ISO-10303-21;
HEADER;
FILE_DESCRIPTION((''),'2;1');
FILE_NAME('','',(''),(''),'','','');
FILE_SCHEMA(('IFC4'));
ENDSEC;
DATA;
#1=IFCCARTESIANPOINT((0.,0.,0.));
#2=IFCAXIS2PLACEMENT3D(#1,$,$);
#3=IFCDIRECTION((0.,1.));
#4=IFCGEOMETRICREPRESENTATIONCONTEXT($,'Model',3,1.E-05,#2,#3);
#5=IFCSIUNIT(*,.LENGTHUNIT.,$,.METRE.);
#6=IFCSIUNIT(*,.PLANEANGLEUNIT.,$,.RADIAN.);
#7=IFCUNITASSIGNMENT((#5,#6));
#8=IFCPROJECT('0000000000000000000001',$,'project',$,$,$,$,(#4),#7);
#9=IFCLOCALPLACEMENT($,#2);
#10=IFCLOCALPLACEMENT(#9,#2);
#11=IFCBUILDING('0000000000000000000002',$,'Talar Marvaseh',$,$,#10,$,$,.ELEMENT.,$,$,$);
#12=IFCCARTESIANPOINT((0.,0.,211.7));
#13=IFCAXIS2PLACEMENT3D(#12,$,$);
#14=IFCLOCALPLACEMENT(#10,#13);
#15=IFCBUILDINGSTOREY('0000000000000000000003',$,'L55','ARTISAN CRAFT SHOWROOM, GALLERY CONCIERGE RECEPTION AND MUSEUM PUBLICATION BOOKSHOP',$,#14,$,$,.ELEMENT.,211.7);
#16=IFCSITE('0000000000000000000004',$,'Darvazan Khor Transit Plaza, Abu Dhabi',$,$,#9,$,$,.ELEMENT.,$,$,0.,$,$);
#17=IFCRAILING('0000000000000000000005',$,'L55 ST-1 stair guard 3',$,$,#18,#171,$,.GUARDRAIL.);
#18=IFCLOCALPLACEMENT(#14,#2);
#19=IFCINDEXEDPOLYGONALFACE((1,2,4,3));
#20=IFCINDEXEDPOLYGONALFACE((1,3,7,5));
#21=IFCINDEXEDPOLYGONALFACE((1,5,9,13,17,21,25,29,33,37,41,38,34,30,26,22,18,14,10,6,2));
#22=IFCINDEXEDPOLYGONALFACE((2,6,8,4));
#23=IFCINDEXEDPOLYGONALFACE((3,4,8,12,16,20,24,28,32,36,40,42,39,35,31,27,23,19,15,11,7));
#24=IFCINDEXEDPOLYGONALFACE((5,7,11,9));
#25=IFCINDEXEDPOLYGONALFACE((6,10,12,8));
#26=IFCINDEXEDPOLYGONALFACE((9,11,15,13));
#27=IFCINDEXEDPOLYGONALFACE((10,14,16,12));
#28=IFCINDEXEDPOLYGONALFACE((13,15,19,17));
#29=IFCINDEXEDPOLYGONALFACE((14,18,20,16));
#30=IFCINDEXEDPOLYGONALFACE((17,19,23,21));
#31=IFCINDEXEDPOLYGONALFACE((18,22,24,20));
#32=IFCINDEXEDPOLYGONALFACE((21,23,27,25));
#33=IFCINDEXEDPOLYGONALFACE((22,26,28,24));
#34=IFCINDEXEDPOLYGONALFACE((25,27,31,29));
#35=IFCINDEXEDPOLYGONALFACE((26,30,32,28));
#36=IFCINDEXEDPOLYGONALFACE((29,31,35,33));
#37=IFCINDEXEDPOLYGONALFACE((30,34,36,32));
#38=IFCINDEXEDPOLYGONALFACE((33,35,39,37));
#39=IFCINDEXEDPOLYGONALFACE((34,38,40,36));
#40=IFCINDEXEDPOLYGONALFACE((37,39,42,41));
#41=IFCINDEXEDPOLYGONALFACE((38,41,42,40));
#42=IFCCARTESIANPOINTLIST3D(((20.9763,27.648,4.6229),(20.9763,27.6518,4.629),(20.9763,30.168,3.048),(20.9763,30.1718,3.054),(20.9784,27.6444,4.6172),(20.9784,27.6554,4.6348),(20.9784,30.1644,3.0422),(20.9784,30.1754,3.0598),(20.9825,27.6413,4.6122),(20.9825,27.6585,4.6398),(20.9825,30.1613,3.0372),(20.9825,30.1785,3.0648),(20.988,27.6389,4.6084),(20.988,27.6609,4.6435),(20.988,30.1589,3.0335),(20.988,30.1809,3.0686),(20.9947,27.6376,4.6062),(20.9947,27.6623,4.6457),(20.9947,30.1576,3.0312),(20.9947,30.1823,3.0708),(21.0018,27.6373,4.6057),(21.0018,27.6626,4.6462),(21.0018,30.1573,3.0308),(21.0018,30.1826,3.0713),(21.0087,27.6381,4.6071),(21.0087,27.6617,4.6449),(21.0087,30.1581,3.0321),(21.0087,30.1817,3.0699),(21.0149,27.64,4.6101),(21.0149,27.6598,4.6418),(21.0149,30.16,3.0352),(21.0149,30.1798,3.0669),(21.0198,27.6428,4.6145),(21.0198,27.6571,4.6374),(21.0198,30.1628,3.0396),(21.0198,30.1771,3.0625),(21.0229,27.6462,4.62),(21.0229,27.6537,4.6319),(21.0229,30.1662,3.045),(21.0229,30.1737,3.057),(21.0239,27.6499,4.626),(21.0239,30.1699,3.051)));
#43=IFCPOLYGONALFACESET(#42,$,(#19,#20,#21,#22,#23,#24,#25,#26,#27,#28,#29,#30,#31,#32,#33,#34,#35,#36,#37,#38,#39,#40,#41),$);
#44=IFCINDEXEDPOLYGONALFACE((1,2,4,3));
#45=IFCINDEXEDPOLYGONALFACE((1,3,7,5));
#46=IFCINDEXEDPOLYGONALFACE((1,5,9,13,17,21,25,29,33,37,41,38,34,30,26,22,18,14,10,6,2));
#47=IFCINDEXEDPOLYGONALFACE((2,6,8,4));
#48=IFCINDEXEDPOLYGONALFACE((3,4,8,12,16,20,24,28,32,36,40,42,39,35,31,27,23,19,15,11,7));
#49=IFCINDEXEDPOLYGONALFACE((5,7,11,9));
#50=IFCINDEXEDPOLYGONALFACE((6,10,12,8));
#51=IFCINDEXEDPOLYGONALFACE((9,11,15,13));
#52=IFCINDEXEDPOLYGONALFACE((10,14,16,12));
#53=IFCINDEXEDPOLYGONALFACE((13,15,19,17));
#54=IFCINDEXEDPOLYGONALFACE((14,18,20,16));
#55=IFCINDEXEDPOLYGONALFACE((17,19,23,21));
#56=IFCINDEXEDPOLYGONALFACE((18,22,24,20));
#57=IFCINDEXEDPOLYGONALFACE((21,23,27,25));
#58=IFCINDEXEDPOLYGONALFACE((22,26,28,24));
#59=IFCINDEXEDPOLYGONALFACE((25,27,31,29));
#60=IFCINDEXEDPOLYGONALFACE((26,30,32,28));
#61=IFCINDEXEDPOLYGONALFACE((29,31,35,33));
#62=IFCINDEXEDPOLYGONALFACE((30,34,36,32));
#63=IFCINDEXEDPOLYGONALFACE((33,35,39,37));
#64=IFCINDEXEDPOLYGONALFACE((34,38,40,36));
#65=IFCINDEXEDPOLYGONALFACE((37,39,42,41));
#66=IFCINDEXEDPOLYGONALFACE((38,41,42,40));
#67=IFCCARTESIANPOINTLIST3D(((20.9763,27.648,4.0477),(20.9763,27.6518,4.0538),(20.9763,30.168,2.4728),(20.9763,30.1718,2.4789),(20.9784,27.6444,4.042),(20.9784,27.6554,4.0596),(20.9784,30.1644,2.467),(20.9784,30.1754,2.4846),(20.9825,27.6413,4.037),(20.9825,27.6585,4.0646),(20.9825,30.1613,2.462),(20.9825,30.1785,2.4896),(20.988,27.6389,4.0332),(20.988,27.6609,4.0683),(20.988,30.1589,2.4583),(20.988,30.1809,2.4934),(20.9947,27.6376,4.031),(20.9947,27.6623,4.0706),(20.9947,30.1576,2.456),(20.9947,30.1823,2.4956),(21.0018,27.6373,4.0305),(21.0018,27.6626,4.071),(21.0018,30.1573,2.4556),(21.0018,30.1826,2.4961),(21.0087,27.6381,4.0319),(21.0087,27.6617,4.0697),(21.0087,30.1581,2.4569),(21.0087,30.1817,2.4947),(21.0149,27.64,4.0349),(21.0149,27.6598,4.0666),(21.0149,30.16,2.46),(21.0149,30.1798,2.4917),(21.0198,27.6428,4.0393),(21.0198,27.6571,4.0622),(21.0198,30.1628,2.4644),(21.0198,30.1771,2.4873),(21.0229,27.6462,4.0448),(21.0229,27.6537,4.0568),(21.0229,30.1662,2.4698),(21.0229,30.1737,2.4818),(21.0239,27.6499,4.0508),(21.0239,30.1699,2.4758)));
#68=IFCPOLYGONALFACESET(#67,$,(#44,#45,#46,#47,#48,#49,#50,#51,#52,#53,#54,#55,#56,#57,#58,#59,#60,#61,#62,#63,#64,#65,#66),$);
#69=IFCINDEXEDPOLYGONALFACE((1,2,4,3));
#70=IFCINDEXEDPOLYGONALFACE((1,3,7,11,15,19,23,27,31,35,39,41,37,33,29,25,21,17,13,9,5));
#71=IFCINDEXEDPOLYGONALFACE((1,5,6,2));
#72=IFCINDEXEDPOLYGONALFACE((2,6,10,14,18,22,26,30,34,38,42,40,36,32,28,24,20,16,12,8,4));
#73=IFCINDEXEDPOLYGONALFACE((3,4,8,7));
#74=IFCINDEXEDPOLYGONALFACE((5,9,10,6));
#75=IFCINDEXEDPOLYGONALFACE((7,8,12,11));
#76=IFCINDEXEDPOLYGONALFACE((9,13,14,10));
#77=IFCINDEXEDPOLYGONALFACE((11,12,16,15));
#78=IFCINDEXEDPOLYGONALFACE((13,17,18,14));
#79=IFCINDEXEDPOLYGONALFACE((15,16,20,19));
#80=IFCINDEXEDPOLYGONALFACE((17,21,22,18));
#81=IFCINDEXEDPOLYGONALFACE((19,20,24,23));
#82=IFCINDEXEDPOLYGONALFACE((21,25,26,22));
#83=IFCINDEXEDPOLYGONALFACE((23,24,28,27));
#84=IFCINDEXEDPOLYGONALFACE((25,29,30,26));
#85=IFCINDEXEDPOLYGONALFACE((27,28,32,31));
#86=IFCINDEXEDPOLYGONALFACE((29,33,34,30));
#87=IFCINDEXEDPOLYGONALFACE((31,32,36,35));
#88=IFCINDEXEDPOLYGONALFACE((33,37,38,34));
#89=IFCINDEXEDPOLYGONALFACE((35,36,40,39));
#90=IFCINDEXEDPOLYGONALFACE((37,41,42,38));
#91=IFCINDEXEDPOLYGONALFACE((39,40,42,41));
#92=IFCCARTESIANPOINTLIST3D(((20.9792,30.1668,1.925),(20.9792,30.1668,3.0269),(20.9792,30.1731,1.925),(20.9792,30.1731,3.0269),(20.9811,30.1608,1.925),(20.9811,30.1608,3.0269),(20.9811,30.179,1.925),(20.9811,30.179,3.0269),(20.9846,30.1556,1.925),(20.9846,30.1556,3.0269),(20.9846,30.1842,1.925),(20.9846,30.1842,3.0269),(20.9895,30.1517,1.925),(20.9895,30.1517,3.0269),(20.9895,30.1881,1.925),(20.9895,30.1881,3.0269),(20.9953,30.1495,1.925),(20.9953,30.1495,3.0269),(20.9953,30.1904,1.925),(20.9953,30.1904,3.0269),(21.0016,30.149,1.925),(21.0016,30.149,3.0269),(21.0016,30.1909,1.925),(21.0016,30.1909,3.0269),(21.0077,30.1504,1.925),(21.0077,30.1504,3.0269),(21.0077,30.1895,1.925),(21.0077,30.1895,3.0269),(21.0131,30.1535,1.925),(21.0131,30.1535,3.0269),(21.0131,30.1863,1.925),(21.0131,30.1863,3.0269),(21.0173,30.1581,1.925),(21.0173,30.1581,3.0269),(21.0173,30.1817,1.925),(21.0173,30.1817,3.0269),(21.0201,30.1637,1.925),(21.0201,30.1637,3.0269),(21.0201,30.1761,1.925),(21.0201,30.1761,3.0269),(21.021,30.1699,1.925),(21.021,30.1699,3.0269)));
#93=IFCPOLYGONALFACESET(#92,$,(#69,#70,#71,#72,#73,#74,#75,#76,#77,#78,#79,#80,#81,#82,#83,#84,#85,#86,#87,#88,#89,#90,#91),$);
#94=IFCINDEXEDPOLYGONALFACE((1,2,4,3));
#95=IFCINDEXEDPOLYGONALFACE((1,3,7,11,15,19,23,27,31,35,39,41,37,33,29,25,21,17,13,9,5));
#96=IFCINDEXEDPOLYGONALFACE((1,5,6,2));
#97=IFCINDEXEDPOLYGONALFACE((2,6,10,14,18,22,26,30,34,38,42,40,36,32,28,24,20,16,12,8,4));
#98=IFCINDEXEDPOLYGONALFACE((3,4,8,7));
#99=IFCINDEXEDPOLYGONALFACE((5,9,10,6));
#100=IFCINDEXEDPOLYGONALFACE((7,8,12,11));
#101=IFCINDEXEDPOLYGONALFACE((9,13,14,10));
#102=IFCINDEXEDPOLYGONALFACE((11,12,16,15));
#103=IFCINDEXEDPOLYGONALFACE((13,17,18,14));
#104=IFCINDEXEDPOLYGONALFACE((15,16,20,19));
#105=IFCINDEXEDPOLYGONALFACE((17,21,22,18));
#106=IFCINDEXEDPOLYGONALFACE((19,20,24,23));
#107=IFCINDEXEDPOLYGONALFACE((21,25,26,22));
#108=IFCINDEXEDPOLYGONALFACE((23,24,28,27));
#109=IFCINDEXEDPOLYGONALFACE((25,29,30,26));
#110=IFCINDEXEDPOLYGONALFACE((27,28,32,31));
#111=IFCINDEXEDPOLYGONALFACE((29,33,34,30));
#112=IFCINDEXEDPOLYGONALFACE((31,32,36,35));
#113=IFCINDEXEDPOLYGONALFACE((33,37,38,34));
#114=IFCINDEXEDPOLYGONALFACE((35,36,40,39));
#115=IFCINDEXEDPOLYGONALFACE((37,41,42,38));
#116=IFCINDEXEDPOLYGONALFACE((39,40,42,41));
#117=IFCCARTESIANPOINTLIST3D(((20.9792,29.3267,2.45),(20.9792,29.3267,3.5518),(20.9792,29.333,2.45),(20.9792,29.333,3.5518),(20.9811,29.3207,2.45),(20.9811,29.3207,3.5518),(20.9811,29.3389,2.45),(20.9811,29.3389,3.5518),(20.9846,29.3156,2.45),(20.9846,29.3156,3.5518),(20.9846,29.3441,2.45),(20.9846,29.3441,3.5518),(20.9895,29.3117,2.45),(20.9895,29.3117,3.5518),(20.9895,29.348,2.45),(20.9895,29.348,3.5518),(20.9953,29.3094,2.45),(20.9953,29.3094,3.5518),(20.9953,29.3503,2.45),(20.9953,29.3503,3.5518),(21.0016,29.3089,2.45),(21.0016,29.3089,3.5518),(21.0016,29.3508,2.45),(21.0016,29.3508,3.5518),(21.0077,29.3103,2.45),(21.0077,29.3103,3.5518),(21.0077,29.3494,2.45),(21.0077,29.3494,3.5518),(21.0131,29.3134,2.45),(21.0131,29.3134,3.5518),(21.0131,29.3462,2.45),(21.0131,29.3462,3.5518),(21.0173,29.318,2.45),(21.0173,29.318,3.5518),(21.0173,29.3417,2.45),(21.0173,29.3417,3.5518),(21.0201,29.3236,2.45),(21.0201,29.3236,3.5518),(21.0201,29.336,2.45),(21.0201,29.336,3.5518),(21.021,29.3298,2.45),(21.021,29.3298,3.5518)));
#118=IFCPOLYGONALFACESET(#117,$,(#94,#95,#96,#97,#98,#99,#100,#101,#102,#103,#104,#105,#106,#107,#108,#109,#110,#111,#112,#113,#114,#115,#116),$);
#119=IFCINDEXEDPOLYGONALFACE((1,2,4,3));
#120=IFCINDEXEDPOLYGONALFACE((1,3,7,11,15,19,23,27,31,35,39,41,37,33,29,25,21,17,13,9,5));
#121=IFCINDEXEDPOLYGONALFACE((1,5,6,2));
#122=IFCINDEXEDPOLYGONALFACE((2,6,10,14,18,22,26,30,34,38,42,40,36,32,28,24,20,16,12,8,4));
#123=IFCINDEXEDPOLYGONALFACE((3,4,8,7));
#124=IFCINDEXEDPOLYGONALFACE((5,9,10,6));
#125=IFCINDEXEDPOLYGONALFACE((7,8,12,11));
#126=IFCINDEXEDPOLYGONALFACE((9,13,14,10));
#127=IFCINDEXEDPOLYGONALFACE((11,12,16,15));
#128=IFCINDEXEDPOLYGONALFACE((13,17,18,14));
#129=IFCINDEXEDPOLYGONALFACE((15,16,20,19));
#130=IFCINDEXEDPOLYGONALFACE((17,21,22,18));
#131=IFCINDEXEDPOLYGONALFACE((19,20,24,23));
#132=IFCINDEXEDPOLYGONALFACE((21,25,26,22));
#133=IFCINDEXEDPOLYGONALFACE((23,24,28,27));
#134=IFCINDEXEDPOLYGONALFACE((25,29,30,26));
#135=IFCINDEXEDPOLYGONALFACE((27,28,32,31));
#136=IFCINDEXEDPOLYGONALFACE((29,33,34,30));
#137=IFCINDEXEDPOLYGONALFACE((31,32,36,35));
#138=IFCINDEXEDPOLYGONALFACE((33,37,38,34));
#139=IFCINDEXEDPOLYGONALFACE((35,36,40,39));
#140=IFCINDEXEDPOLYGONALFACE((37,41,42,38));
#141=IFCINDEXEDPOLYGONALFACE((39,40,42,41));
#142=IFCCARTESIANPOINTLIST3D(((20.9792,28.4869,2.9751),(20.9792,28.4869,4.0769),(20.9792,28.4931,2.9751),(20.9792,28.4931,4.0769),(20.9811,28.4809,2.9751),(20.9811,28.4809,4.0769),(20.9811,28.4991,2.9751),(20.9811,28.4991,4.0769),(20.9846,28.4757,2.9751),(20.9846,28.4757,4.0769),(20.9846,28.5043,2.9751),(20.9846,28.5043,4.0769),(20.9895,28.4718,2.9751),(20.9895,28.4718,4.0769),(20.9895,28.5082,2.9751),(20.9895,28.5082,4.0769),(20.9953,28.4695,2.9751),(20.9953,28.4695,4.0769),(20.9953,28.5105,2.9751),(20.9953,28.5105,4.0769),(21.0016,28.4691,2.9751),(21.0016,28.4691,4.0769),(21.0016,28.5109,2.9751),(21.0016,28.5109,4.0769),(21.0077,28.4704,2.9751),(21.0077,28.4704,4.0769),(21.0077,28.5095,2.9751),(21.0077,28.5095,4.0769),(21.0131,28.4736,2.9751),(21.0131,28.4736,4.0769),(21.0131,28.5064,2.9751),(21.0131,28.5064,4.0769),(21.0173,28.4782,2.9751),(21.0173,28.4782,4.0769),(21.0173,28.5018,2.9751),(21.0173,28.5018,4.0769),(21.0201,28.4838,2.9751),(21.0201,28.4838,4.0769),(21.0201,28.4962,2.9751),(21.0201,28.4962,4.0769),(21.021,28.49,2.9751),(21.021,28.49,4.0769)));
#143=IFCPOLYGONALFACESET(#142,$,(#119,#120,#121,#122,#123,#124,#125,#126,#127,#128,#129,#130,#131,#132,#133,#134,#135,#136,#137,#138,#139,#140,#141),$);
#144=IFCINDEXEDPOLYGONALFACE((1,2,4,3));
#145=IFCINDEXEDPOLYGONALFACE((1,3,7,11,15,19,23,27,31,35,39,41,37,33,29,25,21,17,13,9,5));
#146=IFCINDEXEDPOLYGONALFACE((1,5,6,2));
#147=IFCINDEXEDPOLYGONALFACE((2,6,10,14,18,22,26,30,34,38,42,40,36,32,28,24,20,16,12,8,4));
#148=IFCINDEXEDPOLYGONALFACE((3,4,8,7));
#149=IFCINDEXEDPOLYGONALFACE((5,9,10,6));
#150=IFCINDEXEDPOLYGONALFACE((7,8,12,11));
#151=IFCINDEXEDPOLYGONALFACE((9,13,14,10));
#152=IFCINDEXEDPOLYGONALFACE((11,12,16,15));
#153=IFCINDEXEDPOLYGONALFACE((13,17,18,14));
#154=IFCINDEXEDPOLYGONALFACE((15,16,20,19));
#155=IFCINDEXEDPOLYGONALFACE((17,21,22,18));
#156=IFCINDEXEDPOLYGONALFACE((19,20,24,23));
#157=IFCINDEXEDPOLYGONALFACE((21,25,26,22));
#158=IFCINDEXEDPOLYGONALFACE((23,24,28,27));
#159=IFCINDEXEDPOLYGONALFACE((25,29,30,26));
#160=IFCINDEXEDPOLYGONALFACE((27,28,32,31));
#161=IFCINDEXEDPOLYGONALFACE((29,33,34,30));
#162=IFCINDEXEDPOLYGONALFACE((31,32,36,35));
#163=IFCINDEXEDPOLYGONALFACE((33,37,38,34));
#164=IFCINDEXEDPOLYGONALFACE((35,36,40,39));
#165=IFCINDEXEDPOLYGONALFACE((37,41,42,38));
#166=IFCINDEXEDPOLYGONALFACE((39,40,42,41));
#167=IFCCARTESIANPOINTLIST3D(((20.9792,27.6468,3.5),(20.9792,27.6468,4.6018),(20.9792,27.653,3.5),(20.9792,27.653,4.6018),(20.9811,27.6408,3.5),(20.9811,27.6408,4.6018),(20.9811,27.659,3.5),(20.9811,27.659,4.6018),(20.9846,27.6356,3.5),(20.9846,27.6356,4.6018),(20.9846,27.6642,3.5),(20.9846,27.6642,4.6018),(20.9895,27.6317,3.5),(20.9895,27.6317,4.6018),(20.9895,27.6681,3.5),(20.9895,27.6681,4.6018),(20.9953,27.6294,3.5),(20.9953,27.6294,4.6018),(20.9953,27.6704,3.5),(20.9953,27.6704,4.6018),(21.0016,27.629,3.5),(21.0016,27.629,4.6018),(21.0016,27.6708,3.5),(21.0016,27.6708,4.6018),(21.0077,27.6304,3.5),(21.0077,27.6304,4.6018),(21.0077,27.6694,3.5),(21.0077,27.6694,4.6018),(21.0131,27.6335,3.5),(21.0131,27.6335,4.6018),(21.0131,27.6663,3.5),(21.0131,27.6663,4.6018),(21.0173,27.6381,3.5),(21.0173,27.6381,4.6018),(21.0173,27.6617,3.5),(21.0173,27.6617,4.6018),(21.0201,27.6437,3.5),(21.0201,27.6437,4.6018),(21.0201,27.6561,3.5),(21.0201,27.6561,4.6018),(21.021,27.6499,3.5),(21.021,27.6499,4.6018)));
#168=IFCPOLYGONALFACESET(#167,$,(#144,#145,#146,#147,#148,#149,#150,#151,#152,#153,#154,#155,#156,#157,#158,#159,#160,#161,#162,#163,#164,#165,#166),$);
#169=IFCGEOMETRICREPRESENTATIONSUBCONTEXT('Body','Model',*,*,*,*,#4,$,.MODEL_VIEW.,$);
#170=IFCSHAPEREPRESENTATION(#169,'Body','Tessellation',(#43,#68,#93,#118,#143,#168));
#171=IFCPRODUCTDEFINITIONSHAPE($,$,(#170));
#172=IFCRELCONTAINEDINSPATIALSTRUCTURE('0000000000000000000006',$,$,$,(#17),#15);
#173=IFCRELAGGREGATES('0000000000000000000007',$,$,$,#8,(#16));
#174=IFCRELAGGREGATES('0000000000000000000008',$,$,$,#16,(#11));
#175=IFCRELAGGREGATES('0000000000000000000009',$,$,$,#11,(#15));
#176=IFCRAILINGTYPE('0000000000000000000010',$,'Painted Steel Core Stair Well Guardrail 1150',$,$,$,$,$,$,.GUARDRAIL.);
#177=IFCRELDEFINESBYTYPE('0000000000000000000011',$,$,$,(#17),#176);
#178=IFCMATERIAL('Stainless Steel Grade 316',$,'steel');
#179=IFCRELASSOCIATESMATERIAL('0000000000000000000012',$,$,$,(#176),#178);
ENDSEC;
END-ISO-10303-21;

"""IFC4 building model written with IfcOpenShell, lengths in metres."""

from ifc_helpers import new_model, si_unit, direction, frame, origin, origin_2d, place, context, subcontext, project, spatial, circle, extrude, material, type_object, element, save


model = new_model("IFC4")

# Units and contexts
model_context = context("Model", 3, precision=1e-05, world=origin(), true_north=direction((0.0, 1.0)))
body_context = subcontext(model_context, "Body", "Model", "MODEL_VIEW")
ifc_project = project(units=[si_unit("LENGTHUNIT", "METRE"), si_unit("PLANEANGLEUNIT", "RADIAN")], contexts=[model_context])

# Site, building, storey
site_placement = place(None, origin())
site = spatial("IfcSite", under=ifc_project, at=site_placement, Name="Darvazan Khor Transit Plaza, Abu Dhabi", CompositionType="ELEMENT", RefElevation=0.0)
building_placement = place(site_placement, origin())
building = spatial("IfcBuilding", under=site, at=building_placement, Name="Talar Marvaseh", CompositionType="ELEMENT")
storey_placement = place(building_placement, frame((0.0, 0.0, 211.7)))
storey = spatial("IfcBuildingStorey", under=building, at=storey_placement, Name="L55", Description="ARTISAN CRAFT SHOWROOM, GALLERY CONCIERGE RECEPTION AND MUSEUM PUBLICATION BOOKSHOP", CompositionType="ELEMENT", Elevation=211.7)

# Railing
ifc_material_1 = material(Name="Stainless Steel Grade 316", Category="steel")
railing_type_1 = type_object("IfcRailingType", Name="Painted Steel Core Stair Well Guardrail 1150", PredefinedType="GUARDRAIL", material=ifc_material_1)
railing_1_placement = place(storey_placement, frame((21.0, 30.1699, 1.925)))
element("IfcRailing", 1, at=railing_1_placement, inside=storey, type_object=railing_type_1, Name="L55 ST-1 stair guard 3", PredefinedType="GUARDRAIL", context=body_context, shape_type="SweptSolid", body=[
    extrude(circle(Radius=0.0239, at=origin_2d()), frame((0.0, 0.0, 1.126), z_axis=(0.0, -0.848008, 0.529984), x_axis=(1.0, 0.0, 0.0)), (0.0, 0.0, 1.0), 2.9717),
    extrude(circle(Radius=0.0239, at=origin_2d()), frame((0.0, 0.0, 0.5508), z_axis=(0.0, -0.848008, 0.529984), x_axis=(1.0, 0.0, 0.0)), (0.0, 0.0, 1.0), 2.9717),
    extrude(circle(Radius=0.021, at=origin_2d()), origin(), (0.0, 0.0, 1.0), 1.1018),
    extrude(circle(Radius=0.021, at=origin_2d()), frame((0.0, -0.8401, 0.5249)), (0.0, 0.0, 1.0), 1.1018),
    extrude(circle(Radius=0.021, at=origin_2d()), frame((0.0, -1.6799, 1.05)), (0.0, 0.0, 1.0), 1.1018),
    extrude(circle(Radius=0.021, at=origin_2d()), frame((0.0, -2.52, 1.575)), (0.0, 0.0, 1.0), 1.1018),
])

save(model, "model.ifc")
